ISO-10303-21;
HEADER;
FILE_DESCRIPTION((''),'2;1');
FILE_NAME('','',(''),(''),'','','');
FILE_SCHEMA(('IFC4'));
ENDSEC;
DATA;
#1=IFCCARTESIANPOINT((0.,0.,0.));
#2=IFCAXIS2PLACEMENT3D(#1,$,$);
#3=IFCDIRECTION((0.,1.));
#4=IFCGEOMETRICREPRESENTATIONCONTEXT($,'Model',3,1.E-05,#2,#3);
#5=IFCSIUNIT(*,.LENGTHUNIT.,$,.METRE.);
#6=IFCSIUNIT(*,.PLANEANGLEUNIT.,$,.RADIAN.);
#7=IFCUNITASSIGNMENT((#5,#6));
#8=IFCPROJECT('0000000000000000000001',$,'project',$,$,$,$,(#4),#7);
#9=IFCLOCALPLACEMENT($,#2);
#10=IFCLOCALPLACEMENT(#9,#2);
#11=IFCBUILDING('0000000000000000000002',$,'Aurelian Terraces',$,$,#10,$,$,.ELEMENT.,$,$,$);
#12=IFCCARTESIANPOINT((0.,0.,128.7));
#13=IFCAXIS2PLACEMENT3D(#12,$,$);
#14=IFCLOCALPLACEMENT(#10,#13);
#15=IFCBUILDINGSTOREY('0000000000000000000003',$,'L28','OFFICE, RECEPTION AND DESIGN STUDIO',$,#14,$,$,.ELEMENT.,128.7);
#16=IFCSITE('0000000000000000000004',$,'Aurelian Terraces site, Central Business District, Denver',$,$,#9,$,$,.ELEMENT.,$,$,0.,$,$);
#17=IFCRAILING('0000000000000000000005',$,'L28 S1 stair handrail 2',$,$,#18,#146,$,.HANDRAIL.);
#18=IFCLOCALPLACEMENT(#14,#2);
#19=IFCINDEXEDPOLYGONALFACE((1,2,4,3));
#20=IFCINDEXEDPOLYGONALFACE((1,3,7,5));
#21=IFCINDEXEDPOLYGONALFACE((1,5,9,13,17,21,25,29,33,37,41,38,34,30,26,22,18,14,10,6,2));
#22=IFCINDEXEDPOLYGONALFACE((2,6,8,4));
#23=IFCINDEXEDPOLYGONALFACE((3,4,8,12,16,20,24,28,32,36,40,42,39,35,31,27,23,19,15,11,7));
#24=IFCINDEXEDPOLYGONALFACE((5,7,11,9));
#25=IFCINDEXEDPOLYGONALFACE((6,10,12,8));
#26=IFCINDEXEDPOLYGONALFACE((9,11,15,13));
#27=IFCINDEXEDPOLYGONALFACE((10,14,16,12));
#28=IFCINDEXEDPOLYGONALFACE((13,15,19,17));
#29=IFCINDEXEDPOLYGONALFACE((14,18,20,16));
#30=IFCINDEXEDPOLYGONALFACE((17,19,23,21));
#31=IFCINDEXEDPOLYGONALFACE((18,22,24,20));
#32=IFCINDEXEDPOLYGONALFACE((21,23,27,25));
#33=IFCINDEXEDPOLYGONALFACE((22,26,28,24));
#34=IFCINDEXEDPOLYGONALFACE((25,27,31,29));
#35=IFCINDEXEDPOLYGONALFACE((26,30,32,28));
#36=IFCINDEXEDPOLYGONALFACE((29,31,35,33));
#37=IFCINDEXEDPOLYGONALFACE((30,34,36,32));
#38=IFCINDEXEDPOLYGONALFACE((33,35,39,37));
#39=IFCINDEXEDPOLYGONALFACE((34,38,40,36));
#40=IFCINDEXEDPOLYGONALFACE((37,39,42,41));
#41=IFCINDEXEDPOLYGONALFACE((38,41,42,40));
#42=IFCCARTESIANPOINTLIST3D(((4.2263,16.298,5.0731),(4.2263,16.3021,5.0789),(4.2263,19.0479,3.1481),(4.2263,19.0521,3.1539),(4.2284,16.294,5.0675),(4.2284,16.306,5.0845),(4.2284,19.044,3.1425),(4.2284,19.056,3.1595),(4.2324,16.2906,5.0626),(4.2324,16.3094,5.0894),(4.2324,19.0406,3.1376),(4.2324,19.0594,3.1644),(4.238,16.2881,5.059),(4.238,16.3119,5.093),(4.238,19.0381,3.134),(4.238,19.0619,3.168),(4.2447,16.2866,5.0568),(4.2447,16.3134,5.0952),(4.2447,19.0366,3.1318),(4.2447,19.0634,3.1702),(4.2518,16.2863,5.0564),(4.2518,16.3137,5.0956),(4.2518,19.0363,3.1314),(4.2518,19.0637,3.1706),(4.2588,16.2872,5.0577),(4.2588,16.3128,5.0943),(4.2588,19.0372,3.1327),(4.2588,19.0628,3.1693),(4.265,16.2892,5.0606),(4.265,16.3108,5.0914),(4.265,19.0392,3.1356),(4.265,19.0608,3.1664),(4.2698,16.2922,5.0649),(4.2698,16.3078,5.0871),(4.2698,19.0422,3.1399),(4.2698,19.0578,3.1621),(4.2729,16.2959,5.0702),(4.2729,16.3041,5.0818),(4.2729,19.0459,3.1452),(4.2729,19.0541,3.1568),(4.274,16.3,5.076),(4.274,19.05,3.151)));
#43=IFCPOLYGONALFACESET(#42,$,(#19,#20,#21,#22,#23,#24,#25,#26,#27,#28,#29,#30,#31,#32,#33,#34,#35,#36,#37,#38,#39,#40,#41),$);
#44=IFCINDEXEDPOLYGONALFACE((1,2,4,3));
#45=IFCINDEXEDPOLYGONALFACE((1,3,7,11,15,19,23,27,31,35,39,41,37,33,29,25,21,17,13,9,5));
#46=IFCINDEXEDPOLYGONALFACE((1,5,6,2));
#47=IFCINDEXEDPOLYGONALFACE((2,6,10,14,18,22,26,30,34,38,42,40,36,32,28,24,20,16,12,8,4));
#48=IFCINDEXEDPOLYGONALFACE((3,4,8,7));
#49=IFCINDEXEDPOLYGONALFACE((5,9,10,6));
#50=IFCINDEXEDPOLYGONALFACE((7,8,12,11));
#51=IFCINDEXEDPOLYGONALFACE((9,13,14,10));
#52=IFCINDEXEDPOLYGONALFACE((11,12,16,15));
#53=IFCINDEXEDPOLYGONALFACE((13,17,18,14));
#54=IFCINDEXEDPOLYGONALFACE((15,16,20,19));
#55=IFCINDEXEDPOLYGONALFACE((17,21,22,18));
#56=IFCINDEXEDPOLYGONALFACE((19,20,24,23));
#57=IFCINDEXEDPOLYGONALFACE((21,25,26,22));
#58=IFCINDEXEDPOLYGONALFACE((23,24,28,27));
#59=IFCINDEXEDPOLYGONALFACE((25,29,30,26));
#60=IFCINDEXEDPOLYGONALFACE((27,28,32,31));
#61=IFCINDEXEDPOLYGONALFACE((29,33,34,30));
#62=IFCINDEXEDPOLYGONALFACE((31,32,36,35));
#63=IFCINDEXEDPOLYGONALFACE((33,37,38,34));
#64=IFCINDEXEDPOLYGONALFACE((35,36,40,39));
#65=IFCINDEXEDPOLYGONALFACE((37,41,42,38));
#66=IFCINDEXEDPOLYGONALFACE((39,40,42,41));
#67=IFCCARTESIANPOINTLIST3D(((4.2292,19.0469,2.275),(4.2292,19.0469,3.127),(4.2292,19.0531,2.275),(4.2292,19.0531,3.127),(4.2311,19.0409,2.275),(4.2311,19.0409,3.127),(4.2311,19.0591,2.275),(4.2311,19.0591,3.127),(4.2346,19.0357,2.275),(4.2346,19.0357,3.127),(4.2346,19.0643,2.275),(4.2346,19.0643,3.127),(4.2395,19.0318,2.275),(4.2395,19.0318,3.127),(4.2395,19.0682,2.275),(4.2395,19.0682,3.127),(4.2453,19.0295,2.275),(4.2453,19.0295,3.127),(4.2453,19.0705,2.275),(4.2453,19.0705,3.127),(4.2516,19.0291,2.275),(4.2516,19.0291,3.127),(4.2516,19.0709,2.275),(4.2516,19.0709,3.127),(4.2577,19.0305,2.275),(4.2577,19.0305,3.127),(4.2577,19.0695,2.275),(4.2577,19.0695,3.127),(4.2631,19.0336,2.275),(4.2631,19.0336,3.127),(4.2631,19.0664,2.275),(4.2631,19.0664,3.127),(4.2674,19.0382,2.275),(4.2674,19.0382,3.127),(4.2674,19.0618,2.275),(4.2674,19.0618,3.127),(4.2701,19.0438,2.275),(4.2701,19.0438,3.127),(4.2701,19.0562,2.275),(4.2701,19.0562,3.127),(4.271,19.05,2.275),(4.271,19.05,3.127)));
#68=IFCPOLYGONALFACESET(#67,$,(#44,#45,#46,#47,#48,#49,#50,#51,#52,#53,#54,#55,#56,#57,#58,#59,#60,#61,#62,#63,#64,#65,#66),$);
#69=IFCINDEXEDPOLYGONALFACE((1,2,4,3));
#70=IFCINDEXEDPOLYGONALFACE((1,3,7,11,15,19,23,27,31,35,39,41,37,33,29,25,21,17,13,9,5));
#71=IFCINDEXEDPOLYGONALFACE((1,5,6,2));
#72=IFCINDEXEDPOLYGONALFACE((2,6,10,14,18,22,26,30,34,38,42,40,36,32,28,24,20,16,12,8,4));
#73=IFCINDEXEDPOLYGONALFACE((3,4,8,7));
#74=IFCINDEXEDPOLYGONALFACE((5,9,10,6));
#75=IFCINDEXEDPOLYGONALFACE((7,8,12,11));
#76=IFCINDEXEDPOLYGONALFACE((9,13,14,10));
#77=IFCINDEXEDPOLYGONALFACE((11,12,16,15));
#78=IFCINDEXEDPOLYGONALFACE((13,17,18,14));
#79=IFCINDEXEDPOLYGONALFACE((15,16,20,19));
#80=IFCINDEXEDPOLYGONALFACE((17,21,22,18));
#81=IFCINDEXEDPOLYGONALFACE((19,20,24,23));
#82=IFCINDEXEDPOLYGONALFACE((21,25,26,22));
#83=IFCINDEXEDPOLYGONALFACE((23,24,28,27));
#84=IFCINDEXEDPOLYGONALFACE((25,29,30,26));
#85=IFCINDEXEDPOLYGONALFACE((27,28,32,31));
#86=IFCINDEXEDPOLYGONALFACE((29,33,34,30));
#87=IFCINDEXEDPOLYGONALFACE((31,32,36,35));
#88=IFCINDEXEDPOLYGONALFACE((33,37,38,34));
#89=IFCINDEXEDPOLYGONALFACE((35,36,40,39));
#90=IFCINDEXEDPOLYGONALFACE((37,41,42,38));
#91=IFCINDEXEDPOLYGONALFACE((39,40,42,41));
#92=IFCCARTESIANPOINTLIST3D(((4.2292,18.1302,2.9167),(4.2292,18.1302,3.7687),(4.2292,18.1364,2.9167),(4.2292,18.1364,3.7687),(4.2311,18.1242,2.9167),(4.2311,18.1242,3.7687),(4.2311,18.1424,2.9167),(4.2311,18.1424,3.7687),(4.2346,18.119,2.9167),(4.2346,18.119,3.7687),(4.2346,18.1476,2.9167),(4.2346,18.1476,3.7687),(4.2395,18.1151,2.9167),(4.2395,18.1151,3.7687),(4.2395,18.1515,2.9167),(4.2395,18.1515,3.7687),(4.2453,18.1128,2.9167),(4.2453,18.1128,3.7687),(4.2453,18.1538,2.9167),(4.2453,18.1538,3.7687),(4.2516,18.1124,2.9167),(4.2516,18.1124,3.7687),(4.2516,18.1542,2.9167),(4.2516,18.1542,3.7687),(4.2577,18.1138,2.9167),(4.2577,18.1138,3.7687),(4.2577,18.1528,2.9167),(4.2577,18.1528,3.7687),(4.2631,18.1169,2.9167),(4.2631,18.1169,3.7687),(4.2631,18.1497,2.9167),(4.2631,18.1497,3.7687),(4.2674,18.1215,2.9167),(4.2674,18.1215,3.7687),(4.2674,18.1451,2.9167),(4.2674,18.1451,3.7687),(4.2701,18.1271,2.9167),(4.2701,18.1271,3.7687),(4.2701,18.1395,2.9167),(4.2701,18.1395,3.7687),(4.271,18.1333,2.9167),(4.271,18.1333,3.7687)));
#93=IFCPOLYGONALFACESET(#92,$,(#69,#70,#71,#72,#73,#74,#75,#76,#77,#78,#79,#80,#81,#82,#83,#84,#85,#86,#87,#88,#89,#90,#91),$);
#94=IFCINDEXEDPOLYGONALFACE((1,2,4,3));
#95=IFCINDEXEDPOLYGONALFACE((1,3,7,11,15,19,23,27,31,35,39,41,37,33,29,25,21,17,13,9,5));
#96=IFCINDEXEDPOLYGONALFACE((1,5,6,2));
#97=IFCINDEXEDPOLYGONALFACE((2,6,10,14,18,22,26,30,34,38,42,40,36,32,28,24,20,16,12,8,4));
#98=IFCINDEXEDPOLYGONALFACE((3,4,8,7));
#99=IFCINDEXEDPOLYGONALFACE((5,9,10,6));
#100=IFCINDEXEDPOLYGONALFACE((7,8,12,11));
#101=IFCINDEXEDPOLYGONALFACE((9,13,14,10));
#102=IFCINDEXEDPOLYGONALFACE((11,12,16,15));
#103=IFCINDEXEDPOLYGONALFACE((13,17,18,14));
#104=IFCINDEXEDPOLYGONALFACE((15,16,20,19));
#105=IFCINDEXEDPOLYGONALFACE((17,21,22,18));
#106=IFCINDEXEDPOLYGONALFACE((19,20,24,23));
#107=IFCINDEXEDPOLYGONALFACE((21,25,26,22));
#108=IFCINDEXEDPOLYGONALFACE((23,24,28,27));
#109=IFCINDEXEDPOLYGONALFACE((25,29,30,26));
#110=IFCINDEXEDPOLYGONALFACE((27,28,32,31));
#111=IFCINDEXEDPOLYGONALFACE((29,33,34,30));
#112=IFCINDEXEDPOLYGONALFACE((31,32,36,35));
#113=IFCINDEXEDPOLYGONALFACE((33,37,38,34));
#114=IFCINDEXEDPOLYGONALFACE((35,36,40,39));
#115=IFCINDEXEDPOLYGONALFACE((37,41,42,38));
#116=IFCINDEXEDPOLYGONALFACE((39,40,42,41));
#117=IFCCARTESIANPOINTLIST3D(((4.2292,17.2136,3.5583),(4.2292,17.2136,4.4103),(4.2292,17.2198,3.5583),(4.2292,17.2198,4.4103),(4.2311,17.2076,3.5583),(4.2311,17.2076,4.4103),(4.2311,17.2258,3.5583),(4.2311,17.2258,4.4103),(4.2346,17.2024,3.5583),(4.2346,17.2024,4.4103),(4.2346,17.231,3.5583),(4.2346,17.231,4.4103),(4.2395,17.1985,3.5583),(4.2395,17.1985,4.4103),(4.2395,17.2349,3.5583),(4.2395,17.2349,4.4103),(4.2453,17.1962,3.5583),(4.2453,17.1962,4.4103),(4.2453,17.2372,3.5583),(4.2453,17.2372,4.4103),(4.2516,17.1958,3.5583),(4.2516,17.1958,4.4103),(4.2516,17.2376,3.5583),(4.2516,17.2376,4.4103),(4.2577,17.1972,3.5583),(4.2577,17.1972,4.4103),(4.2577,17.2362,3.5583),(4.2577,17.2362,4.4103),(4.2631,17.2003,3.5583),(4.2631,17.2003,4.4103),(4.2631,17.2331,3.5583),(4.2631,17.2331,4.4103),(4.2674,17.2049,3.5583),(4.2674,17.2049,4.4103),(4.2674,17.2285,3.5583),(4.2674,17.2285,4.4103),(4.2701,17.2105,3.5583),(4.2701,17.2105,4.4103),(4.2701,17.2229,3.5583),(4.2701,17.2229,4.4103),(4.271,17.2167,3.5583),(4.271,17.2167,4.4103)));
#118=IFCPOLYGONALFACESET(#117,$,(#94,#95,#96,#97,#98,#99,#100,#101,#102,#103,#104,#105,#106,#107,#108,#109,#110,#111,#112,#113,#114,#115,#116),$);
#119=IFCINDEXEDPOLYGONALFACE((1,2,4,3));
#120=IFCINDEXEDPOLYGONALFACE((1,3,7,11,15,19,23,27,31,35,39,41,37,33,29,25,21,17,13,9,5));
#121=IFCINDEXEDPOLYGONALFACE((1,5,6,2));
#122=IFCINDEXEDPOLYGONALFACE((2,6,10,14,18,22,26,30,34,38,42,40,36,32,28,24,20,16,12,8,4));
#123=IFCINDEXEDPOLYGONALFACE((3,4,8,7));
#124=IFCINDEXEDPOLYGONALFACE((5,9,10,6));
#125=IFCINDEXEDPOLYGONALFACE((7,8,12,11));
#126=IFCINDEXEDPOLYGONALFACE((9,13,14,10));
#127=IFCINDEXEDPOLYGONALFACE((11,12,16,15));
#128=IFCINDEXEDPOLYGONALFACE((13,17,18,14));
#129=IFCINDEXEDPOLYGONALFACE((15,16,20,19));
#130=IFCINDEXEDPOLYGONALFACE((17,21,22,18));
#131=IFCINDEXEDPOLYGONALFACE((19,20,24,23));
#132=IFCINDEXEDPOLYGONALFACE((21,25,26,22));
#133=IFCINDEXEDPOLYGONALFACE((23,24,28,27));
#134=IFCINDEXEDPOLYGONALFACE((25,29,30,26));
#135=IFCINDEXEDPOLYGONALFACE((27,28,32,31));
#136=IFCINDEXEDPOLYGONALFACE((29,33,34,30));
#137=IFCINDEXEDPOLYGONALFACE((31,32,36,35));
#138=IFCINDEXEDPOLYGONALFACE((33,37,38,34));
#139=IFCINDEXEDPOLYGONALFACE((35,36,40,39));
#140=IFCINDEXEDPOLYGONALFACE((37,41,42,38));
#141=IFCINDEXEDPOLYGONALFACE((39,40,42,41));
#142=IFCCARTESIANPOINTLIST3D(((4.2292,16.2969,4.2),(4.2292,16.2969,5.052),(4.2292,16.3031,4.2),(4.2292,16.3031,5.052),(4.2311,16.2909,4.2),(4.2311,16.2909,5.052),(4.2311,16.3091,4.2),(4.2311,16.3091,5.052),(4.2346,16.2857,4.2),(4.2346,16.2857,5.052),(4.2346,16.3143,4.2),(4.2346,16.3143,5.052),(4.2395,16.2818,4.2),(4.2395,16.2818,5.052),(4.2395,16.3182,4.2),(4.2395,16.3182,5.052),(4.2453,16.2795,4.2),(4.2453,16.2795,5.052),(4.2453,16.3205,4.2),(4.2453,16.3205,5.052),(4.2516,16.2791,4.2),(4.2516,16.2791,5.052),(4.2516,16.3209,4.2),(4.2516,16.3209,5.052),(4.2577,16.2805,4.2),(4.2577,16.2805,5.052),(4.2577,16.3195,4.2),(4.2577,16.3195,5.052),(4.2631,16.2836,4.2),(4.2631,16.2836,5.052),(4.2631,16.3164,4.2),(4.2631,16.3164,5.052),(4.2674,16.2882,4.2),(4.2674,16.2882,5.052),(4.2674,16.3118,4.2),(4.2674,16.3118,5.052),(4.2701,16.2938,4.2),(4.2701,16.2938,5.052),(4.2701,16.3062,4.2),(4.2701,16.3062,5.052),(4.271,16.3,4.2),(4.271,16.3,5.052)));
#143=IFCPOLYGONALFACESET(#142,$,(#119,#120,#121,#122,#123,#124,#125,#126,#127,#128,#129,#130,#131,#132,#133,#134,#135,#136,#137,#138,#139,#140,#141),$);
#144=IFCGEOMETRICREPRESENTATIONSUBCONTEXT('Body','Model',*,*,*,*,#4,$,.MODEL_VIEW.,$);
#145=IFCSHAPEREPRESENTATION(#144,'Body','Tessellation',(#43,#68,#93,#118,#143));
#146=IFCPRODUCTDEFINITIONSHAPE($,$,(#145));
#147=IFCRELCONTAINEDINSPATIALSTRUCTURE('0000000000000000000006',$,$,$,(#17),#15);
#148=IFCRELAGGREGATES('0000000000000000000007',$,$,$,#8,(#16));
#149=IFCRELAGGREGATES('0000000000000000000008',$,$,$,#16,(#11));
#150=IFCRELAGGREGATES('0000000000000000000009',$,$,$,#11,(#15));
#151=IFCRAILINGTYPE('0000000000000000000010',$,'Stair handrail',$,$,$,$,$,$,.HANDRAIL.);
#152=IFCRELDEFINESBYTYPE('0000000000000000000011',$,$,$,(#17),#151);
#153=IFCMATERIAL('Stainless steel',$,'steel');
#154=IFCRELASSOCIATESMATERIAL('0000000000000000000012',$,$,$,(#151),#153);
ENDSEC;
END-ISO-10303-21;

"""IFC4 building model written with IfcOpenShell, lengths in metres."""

from ifc_helpers import new_model, si_unit, direction, frame, origin, origin_2d, place, context, subcontext, project, spatial, circle, extrude, source, transform, mapped, material, type_object, element, save


model = new_model("IFC4")

# Units and contexts
model_context = context("Model", 3, precision=1e-05, world=origin(), true_north=direction((0.0, 1.0)))
body_context = subcontext(model_context, "Body", "Model", "MODEL_VIEW")
ifc_project = project(units=[si_unit("LENGTHUNIT", "METRE"), si_unit("PLANEANGLEUNIT", "RADIAN")], contexts=[model_context])

# Site, building, storey
site_placement = place(None, origin())
site = spatial("IfcSite", under=ifc_project, at=site_placement, Name="Aurelian Terraces site, Central Business District, Denver", CompositionType="ELEMENT", RefElevation=0.0)
building_placement = place(site_placement, origin())
building = spatial("IfcBuilding", under=site, at=building_placement, Name="Aurelian Terraces", CompositionType="ELEMENT")
storey_placement = place(building_placement, frame((0.0, 0.0, 128.7)))
storey = spatial("IfcBuildingStorey", under=building, at=storey_placement, Name="L28", Description="OFFICE, RECEPTION AND DESIGN STUDIO", CompositionType="ELEMENT", Elevation=128.7)

# Shared definitions
ifc_material_1 = material(Name="Stainless steel", Category="steel")

# Railing
railing_type_1 = type_object("IfcRailingType", Name="Stair handrail", PredefinedType="HANDRAIL", material=ifc_material_1)
shared_shape_1 = source(origin(), body_context, "Body", "SweptSolid", [
    extrude(circle(Radius=0.024, at=origin_2d()), frame((0.0, 0.0, 0.876), z_axis=(0.0, -0.819232, 0.573462), x_axis=(1.0, 0.0, 0.0)), (0.0, 0.0, 1.0), 3.3568),
    extrude(circle(Radius=0.021, at=origin_2d()), origin(), (0.0, 0.0, 1.0), 0.852),
    extrude(circle(Radius=0.021, at=origin_2d()), frame((0.0, -0.9167, 0.6417)), (0.0, 0.0, 1.0), 0.852),
    extrude(circle(Radius=0.021, at=origin_2d()), frame((0.0, -1.8333, 1.2833)), (0.0, 0.0, 1.0), 0.852),
    extrude(circle(Radius=0.021, at=origin_2d()), frame((0.0, -2.75, 1.925)), (0.0, 0.0, 1.0), 0.852),
])
railing_1_placement = place(storey_placement, frame((4.25, 19.05, 2.275)))
element("IfcRailing", 1, at=railing_1_placement, inside=storey, type_object=railing_type_1, Name="L28 S1 stair handrail 2", PredefinedType="HANDRAIL", context=body_context, shape_type="MappedRepresentation", body=[
    mapped(shared_shape_1, transform((0.0, 0.0, 0.0), scale=1.0)),
])

save(model, "model.ifc")
